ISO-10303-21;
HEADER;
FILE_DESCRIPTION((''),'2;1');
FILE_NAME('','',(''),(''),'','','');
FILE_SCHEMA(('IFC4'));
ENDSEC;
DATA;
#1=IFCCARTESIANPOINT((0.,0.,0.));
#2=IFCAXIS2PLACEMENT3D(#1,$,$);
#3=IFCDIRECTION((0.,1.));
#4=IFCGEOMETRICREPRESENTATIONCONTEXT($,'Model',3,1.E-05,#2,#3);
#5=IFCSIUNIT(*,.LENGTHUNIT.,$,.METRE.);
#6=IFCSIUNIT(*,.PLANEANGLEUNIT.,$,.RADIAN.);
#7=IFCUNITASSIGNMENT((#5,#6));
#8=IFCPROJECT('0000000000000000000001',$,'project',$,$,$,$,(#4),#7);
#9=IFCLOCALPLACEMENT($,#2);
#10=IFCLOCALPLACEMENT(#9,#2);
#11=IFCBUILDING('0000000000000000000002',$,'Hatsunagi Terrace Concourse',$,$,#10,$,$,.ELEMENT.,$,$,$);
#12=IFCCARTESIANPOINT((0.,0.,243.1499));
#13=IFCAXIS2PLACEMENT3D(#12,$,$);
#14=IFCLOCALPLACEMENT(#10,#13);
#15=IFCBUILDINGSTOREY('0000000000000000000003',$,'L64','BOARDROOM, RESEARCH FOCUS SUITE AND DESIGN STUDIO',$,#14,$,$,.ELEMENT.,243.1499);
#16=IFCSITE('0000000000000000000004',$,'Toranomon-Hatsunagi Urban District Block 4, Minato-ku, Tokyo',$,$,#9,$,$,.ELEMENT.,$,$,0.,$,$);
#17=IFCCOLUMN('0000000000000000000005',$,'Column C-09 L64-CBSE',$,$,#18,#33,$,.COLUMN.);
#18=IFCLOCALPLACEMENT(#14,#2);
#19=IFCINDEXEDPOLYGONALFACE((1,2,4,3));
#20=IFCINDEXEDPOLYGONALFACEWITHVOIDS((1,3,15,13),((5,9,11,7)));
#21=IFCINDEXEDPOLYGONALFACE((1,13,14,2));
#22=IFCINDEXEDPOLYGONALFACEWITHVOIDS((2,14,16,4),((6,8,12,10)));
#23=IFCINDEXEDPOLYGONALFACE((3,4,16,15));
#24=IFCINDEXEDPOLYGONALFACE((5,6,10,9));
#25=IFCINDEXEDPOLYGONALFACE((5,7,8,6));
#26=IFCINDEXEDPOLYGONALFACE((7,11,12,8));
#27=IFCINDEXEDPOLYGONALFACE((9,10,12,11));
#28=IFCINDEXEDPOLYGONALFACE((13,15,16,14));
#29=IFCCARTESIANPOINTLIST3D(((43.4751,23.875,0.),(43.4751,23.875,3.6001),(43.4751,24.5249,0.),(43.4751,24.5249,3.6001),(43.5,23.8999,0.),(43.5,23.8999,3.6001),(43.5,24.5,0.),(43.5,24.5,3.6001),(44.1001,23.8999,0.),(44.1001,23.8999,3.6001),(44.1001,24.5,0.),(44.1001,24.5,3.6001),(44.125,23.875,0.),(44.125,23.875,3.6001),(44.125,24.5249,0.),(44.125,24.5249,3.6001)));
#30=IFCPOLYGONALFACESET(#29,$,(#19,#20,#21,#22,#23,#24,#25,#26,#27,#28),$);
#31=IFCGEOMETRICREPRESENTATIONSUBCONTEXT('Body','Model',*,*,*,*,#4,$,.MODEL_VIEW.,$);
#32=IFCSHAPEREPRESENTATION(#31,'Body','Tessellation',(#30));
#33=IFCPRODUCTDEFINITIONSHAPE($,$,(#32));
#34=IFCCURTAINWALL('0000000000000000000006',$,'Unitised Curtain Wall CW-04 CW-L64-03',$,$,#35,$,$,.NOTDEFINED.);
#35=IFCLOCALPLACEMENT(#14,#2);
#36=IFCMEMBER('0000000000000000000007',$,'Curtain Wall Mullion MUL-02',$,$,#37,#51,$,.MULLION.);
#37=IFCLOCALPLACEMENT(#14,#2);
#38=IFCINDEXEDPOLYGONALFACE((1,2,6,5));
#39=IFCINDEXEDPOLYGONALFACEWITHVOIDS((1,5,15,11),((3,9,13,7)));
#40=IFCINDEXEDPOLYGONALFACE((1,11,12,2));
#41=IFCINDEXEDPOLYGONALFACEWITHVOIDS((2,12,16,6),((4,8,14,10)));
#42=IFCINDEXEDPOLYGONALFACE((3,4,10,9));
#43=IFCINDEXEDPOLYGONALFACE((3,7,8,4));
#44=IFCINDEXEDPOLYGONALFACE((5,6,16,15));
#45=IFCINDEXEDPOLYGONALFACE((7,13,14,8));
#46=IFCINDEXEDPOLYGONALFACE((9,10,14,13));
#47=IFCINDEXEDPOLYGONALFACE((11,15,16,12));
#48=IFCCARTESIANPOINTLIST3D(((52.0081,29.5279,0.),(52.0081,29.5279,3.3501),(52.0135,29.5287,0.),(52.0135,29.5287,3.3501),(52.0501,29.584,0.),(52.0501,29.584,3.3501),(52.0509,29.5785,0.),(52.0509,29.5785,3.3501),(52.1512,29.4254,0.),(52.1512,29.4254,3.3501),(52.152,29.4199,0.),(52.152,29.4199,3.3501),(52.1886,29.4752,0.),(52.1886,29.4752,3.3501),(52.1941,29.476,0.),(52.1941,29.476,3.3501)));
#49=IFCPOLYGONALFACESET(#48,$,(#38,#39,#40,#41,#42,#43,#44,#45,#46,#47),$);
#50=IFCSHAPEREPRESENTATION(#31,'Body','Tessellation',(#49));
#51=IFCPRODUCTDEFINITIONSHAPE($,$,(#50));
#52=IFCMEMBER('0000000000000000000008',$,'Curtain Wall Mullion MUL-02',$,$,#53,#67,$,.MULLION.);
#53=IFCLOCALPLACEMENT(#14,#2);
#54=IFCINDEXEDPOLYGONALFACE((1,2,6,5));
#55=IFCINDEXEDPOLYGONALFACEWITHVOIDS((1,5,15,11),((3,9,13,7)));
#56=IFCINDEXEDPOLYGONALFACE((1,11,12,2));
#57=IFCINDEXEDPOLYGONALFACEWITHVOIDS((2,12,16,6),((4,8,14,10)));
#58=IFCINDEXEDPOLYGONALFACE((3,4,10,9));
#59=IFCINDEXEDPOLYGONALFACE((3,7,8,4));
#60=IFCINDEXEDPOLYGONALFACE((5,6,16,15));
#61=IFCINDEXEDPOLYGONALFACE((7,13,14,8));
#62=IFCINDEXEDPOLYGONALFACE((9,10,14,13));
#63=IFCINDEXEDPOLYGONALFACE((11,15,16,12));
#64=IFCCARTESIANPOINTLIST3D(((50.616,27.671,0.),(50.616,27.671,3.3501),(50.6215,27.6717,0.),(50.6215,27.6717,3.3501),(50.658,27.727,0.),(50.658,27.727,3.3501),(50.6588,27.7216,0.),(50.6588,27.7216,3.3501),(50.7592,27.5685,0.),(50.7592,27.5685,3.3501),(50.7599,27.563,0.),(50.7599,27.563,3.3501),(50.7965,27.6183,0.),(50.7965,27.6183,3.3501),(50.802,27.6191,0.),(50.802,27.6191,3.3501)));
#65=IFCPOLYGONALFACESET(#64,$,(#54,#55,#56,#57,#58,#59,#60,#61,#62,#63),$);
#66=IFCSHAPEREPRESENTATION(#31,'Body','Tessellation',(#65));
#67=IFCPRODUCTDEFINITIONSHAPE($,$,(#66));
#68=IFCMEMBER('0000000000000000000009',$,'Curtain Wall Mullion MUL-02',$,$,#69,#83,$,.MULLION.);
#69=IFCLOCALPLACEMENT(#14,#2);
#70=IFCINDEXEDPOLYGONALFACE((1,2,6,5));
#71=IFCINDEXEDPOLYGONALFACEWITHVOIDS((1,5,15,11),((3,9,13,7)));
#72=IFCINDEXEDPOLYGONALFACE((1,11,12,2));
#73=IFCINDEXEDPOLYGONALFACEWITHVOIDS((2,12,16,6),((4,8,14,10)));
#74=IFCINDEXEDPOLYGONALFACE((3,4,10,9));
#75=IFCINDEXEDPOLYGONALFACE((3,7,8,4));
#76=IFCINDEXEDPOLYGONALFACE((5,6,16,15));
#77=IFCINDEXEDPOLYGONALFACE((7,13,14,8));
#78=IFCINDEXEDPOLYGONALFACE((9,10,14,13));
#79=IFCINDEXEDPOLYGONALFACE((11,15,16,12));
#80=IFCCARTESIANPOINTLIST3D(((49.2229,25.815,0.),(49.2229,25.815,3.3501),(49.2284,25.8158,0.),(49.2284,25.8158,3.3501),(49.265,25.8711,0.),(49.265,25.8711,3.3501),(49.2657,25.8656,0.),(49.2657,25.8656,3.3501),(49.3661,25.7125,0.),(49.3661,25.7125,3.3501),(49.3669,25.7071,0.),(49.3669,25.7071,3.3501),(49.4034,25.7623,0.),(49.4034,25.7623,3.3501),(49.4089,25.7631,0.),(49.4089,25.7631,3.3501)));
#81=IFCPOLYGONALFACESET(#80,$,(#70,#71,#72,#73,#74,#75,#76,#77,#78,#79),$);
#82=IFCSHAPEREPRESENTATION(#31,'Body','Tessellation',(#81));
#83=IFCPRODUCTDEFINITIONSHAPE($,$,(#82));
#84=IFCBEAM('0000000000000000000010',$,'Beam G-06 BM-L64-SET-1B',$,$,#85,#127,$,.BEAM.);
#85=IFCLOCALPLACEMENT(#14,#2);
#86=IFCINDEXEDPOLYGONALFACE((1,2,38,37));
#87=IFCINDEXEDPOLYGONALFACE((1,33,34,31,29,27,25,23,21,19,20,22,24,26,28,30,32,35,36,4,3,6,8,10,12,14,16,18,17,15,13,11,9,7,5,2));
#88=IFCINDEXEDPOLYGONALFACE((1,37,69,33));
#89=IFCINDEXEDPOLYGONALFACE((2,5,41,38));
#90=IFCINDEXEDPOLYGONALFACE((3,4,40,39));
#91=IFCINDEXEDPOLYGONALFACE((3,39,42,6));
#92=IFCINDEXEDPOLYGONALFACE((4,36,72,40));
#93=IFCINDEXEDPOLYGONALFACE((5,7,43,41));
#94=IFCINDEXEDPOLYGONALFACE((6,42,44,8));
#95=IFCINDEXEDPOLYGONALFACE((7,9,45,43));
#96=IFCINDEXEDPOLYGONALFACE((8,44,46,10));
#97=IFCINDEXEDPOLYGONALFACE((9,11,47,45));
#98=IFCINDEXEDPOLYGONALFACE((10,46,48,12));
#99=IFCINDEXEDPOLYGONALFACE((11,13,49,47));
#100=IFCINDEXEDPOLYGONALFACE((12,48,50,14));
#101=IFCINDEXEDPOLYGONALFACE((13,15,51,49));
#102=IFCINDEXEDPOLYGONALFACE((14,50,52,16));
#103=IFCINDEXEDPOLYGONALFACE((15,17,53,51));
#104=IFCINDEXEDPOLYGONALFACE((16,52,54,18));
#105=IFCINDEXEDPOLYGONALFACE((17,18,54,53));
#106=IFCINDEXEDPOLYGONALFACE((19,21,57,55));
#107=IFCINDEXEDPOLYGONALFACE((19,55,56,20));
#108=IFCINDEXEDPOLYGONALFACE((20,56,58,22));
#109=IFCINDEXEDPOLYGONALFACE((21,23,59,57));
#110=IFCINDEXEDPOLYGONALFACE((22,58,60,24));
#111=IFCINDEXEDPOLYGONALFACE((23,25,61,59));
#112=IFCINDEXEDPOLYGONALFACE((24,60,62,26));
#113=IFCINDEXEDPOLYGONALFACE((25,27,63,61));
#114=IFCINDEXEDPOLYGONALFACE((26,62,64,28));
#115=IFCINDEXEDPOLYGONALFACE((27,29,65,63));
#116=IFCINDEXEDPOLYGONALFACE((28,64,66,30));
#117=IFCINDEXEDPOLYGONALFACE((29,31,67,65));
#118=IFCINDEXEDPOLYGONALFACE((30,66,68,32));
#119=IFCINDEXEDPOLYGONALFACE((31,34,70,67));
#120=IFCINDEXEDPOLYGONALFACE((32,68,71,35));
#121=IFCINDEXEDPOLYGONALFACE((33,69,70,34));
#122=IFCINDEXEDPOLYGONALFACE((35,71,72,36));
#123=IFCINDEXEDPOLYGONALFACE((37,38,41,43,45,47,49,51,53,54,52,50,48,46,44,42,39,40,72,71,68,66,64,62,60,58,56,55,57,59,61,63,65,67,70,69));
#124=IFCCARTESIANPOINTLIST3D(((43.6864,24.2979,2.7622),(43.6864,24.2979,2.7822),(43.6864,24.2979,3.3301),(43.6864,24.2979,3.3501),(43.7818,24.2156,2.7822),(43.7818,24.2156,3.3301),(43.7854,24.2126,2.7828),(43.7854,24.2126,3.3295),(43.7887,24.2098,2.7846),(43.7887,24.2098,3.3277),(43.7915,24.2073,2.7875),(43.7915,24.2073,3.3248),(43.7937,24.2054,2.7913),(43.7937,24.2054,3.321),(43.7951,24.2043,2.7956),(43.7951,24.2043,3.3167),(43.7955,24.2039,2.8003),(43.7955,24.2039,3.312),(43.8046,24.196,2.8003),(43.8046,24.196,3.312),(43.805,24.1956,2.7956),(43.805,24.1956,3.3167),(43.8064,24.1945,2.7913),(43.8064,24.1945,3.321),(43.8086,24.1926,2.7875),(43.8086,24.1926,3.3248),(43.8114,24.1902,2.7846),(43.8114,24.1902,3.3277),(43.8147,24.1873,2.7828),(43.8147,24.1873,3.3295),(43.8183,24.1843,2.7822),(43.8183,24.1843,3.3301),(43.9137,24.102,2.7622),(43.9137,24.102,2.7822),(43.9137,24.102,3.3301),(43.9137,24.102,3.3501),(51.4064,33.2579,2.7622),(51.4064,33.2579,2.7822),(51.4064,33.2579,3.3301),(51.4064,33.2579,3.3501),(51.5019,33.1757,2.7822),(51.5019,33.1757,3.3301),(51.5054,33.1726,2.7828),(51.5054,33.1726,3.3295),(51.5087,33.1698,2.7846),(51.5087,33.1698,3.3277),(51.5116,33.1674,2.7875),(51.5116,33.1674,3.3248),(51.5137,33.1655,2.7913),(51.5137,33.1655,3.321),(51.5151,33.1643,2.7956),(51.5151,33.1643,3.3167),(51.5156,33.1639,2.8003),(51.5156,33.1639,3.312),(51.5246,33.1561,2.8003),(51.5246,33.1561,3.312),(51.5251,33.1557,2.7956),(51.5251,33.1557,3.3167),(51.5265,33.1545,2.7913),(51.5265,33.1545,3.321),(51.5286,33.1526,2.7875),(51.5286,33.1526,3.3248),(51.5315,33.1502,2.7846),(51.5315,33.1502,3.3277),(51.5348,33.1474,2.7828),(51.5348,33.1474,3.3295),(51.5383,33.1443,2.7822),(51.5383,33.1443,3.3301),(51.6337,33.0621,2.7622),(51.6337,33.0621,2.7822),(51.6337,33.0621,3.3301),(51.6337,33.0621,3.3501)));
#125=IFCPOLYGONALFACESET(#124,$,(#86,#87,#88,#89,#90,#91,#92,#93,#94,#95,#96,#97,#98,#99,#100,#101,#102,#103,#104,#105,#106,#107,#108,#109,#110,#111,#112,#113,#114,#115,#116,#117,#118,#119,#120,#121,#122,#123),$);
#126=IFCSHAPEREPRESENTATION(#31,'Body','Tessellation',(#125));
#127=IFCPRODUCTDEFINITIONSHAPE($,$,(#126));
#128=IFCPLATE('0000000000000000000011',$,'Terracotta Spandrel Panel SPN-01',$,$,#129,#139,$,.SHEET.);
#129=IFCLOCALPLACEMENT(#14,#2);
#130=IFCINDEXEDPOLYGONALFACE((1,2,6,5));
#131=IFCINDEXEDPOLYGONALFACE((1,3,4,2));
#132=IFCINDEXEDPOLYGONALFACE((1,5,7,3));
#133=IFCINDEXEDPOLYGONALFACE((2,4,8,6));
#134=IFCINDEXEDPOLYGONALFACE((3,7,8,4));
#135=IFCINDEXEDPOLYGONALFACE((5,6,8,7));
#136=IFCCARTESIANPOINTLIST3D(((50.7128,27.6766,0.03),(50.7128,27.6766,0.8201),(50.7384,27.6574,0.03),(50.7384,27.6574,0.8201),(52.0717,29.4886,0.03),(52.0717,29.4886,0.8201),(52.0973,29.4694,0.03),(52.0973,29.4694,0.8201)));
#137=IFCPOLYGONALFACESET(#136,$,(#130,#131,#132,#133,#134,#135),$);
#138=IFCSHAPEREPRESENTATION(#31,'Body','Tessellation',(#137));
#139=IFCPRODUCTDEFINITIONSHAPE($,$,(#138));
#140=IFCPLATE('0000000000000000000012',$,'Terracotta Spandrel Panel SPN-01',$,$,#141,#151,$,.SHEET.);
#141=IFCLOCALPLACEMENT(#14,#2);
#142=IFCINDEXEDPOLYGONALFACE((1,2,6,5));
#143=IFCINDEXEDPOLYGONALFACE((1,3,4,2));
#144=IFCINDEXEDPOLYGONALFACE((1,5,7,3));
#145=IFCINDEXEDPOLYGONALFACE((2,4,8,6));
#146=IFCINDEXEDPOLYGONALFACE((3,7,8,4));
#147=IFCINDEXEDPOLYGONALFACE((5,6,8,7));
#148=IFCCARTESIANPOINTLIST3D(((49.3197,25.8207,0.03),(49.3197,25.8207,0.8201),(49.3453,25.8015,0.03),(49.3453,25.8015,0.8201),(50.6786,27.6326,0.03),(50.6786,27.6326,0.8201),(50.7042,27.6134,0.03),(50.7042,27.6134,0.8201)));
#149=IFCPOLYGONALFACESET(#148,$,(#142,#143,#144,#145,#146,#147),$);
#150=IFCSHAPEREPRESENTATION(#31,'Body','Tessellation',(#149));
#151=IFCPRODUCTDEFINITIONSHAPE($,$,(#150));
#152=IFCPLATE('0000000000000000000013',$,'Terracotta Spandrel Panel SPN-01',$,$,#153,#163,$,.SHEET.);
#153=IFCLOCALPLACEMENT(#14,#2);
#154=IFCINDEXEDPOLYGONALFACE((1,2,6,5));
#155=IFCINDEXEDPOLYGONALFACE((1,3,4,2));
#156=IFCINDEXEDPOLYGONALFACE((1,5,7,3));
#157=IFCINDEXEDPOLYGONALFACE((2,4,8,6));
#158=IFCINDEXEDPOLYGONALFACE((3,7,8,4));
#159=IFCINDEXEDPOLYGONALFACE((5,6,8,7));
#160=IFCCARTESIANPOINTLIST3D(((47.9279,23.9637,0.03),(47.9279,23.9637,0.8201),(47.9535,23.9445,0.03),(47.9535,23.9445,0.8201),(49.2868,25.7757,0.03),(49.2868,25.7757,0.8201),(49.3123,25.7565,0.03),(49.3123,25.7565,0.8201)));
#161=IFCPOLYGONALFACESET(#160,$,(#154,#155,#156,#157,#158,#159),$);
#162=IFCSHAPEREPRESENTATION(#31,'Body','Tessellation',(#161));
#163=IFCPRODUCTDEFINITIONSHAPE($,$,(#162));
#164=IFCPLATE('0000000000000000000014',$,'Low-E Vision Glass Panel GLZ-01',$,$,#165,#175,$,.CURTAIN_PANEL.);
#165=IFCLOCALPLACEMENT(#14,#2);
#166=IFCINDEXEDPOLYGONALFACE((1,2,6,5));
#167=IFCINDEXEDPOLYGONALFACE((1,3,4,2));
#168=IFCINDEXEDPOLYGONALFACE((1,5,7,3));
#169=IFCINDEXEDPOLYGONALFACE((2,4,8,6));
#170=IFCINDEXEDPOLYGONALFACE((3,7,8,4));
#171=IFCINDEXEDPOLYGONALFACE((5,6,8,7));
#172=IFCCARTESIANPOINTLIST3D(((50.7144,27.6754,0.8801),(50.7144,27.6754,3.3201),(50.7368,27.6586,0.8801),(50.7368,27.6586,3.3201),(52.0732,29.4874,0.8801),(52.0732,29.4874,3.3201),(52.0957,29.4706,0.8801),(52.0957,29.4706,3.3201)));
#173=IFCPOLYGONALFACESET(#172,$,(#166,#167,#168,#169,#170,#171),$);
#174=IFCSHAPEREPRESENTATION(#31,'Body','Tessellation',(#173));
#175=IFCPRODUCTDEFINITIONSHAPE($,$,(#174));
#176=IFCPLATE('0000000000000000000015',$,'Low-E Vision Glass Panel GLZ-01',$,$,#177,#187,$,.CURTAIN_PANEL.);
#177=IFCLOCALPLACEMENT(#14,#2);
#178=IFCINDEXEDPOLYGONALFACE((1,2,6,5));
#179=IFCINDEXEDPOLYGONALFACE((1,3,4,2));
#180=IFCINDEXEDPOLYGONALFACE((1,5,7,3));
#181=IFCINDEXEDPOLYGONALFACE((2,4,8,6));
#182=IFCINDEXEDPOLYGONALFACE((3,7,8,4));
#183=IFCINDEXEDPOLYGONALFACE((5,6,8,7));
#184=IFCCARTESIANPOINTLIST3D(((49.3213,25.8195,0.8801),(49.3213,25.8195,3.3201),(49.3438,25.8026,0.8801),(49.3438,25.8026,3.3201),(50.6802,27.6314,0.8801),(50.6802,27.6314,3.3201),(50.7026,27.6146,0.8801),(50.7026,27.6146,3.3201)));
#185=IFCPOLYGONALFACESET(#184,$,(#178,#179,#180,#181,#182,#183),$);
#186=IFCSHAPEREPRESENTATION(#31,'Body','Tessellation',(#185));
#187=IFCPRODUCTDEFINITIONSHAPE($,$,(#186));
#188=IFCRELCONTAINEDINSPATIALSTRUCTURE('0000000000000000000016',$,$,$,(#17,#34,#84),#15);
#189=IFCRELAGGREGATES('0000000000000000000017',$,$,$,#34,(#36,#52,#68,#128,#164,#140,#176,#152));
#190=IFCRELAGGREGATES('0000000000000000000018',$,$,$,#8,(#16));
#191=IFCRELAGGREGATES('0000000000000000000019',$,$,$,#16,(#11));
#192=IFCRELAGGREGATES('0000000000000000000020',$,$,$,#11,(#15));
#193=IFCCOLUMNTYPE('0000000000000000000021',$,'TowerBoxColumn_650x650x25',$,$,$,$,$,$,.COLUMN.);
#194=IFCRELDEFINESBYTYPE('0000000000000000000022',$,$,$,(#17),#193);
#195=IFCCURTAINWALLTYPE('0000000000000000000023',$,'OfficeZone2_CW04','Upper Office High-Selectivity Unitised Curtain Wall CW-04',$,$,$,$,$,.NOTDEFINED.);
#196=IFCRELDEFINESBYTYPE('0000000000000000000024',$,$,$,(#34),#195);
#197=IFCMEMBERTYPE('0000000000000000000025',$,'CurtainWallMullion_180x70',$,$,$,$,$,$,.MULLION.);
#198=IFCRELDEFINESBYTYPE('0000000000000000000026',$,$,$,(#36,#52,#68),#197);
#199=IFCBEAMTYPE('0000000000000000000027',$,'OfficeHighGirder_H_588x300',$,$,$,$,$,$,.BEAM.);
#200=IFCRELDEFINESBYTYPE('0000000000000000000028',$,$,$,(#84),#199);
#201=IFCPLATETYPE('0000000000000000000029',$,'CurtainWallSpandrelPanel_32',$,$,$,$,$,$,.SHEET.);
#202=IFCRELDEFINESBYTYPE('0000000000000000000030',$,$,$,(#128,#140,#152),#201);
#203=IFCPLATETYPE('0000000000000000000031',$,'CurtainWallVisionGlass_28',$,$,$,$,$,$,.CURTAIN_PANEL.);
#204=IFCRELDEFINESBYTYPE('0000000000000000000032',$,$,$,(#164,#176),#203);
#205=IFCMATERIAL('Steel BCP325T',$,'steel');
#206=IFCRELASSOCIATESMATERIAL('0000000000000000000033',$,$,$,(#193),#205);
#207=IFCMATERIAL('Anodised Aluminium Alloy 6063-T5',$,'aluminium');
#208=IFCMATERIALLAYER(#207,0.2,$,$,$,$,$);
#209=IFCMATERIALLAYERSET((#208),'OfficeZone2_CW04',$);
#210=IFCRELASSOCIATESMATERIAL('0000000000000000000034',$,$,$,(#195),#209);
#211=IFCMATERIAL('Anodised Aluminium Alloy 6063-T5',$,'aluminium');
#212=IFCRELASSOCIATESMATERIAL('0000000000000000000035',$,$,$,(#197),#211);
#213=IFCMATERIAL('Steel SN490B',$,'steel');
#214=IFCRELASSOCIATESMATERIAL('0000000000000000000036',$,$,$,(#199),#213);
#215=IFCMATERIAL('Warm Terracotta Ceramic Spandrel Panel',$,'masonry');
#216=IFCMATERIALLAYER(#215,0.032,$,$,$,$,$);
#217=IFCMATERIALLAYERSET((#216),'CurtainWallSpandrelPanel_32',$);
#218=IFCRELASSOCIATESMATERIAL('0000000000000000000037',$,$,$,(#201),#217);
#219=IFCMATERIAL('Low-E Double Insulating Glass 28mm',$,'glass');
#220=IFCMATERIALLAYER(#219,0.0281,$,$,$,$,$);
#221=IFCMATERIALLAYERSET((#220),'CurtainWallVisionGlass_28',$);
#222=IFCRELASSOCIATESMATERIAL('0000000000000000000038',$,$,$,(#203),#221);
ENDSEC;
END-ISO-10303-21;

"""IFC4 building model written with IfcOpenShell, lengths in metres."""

from ifc_helpers import new_model, si_unit, direction, frame, origin, origin_2d, place, context, subcontext, project, spatial, rectangle, hollow_rectangle, i_section, extrude, material, layer, layer_set, material_profile, profile_set, type_object, element, aggregate, save


model = new_model("IFC4")

# Units and contexts
model_context = context("Model", 3, precision=1e-05, world=origin(), true_north=direction((0.0, 1.0)))
body_context = subcontext(model_context, "Body", "Model", "MODEL_VIEW")
ifc_project = project(units=[si_unit("LENGTHUNIT", "METRE"), si_unit("PLANEANGLEUNIT", "RADIAN")], contexts=[model_context])

# Site, building, storey
site_placement = place(None, origin())
site = spatial("IfcSite", under=ifc_project, at=site_placement, Name="Toranomon-Hatsunagi Urban District Block 4, Minato-ku, Tokyo", CompositionType="ELEMENT", RefElevation=0.0)
building_placement = place(site_placement, origin())
building = spatial("IfcBuilding", under=site, at=building_placement, Name="Hatsunagi Terrace Concourse", CompositionType="ELEMENT")
storey_placement = place(building_placement, frame((0.0, 0.0, 243.1499)))
storey = spatial("IfcBuildingStorey", under=building, at=storey_placement, Name="L64", Description="BOARDROOM, RESEARCH FOCUS SUITE AND DESIGN STUDIO", CompositionType="ELEMENT", Elevation=243.1499)

# Column
ifc_material_1 = material(Name="Steel BCP325T", Category="steel")
ifc_material_profile_1 = material_profile(ifc_material_1, hollow_rectangle(XDim=0.6499, YDim=0.6499, WallThickness=0.0249, at=origin_2d()), Name="BCP-650x650x25")
ifc_profile_set_1 = profile_set([ifc_material_profile_1], Name="Steel BCP325T")
column_type = type_object("IfcColumnType", Name="TowerBoxColumn_650x650x25", PredefinedType="COLUMN", material=ifc_profile_set_1)
column_placement = place(storey_placement, frame((43.8, 24.2, 0.0), z_axis=(0.0, 0.0, 1.0), x_axis=(1.0, 0.0, 0.0)))
element("IfcColumn", 1, at=column_placement, inside=storey, type_object=column_type, Name="Column C-09 L64-CBSE", PredefinedType="COLUMN", context=body_context, shape_type="SweptSolid", body=[
    extrude(hollow_rectangle(XDim=0.6499, YDim=0.6499, WallThickness=0.0249, at=origin_2d()), origin(), (0.0, 0.0, 1.0), 3.6001),
])

# Curtain wall, members
ifc_material_2 = material(Name="Anodised Aluminium Alloy 6063-T5", Category="aluminium")
ifc_layer_1 = layer(ifc_material_2, 0.2)
ifc_layer_set_1 = layer_set([ifc_layer_1], Name="OfficeZone2_CW04")
curtain_wall_type = type_object("IfcCurtainWallType", Name="OfficeZone2_CW04", Description="Upper Office High-Selectivity Unitised Curtain Wall CW-04", PredefinedType="NOTDEFINED", material=ifc_layer_set_1)
curtain_wall_placement = place(storey_placement, origin())
curtain_wall = element("IfcCurtainWall", 2, at=curtain_wall_placement, inside=storey, type_object=curtain_wall_type, Name="Unitised Curtain Wall CW-04 CW-L64-03", PredefinedType="NOTDEFINED")
ifc_material_3 = material(Name="Anodised Aluminium Alloy 6063-T5", Category="aluminium")
ifc_material_profile_2 = material_profile(ifc_material_3, hollow_rectangle(XDim=0.0701, YDim=0.1799, WallThickness=0.0039, at=origin_2d()), Name="ALU-MUL-180x70x4")
ifc_profile_set_2 = profile_set([ifc_material_profile_2], Name="Anodised Aluminium Alloy 6063-T5")
member_type = type_object("IfcMemberType", Name="CurtainWallMullion_180x70", PredefinedType="MULLION", material=ifc_profile_set_2)
member_1_placement = place(storey_placement, frame((52.1011, 29.502, 0.0), z_axis=(0.0, 0.0, 1.0), x_axis=(-0.599969, -0.800023, 0.0)))
member_1 = element("IfcMember", 3, at=member_1_placement, type_object=member_type, Name="Curtain Wall Mullion MUL-02", PredefinedType="MULLION", context=body_context, shape_type="SweptSolid", body=[
    extrude(hollow_rectangle(XDim=0.0701, YDim=0.1799, WallThickness=0.0039, at=origin_2d()), origin(), (0.0, 0.0, 1.0), 3.3501),
])
member_2_placement = place(storey_placement, frame((50.709, 27.645, 0.0), z_axis=(0.0, 0.0, 1.0), x_axis=(-0.599969, -0.800023, 0.0)))
member_2 = element("IfcMember", 4, at=member_2_placement, type_object=member_type, Name="Curtain Wall Mullion MUL-02", PredefinedType="MULLION", context=body_context, shape_type="SweptSolid", body=[
    extrude(hollow_rectangle(XDim=0.0701, YDim=0.1799, WallThickness=0.0039, at=origin_2d()), origin(), (0.0, 0.0, 1.0), 3.3501),
])
member_3_placement = place(storey_placement, frame((49.3159, 25.7891, 0.0), z_axis=(0.0, 0.0, 1.0), x_axis=(-0.599969, -0.800023, 0.0)))
member_3 = element("IfcMember", 5, at=member_3_placement, type_object=member_type, Name="Curtain Wall Mullion MUL-02", PredefinedType="MULLION", context=body_context, shape_type="SweptSolid", body=[
    extrude(hollow_rectangle(XDim=0.0701, YDim=0.1799, WallThickness=0.0039, at=origin_2d()), origin(), (0.0, 0.0, 1.0), 3.3501),
])

# Beam
ifc_material_4 = material(Name="Steel SN490B", Category="steel")
ifc_material_profile_3 = material_profile(ifc_material_4, i_section(OverallWidth=0.3, OverallDepth=0.5879, WebThickness=0.012, FlangeThickness=0.02, FilletRadius=0.0181, at=origin_2d()), Name="H-588x300x12x20")
ifc_profile_set_3 = profile_set([ifc_material_profile_3], Name="Steel SN490B")
beam_type = type_object("IfcBeamType", Name="OfficeHighGirder_H_588x300", PredefinedType="BEAM", material=ifc_profile_set_3)
beam_placement = place(storey_placement, frame((43.8, 24.2, 3.0562), z_axis=(0.652739, 0.757583, 0.0), x_axis=(-0.757583, 0.652739, 0.0)))
element("IfcBeam", 6, at=beam_placement, inside=storey, type_object=beam_type, Name="Beam G-06 BM-L64-SET-1B", PredefinedType="BEAM", context=body_context, shape_type="SweptSolid", body=[
    extrude(i_section(OverallWidth=0.3, OverallDepth=0.5879, WebThickness=0.012, FlangeThickness=0.02, FilletRadius=0.0181, at=origin_2d()), origin(), (0.0, 0.0, 1.0), 11.8271),
])

# Plates
ifc_material_5 = material(Name="Warm Terracotta Ceramic Spandrel Panel", Category="masonry")
ifc_layer_2 = layer(ifc_material_5, 0.032)
ifc_layer_set_2 = layer_set([ifc_layer_2], Name="CurtainWallSpandrelPanel_32")
plate_type_1 = type_object("IfcPlateType", Name="CurtainWallSpandrelPanel_32", PredefinedType="SHEET", material=ifc_layer_set_2)
plate_1_placement = place(storey_placement, frame((51.405, 28.573, 0.03), z_axis=(0.0, 0.0, 1.0), x_axis=(-0.599969, -0.800023, 0.0)))
plate_1 = element("IfcPlate", 7, at=plate_1_placement, type_object=plate_type_1, Name="Terracotta Spandrel Panel SPN-01", PredefinedType="SHEET", context=body_context, shape_type="SweptSolid", body=[
    extrude(rectangle(XDim=2.2649, YDim=0.032, at=origin_2d()), origin(), (0.0, 0.0, 1.0), 0.79),
])
plate_2_placement = place(storey_placement, frame((50.012, 26.717, 0.03), z_axis=(0.0, 0.0, 1.0), x_axis=(-0.599969, -0.800023, 0.0)))
plate_2 = element("IfcPlate", 8, at=plate_2_placement, type_object=plate_type_1, Name="Terracotta Spandrel Panel SPN-01", PredefinedType="SHEET", context=body_context, shape_type="SweptSolid", body=[
    extrude(rectangle(XDim=2.2649, YDim=0.032, at=origin_2d()), origin(), (0.0, 0.0, 1.0), 0.79),
])
plate_3_placement = place(storey_placement, frame((48.6201, 24.8601, 0.03), z_axis=(0.0, 0.0, 1.0), x_axis=(-0.599969, -0.800023, 0.0)))
plate_3 = element("IfcPlate", 9, at=plate_3_placement, type_object=plate_type_1, Name="Terracotta Spandrel Panel SPN-01", PredefinedType="SHEET", context=body_context, shape_type="SweptSolid", body=[
    extrude(rectangle(XDim=2.2649, YDim=0.032, at=origin_2d()), origin(), (0.0, 0.0, 1.0), 0.79),
])
ifc_material_6 = material(Name="Low-E Double Insulating Glass 28mm", Category="glass")
ifc_layer_3 = layer(ifc_material_6, 0.0281)
ifc_layer_set_3 = layer_set([ifc_layer_3], Name="CurtainWallVisionGlass_28")
plate_type_2 = type_object("IfcPlateType", Name="CurtainWallVisionGlass_28", PredefinedType="CURTAIN_PANEL", material=ifc_layer_set_3)
plate_4_placement = place(storey_placement, frame((51.405, 28.573, 0.8801), z_axis=(0.0, 0.0, 1.0), x_axis=(-0.599969, -0.800023, 0.0)))
plate_4 = element("IfcPlate", 10, at=plate_4_placement, type_object=plate_type_2, Name="Low-E Vision Glass Panel GLZ-01", PredefinedType="CURTAIN_PANEL", context=body_context, shape_type="SweptSolid", body=[
    extrude(rectangle(XDim=2.2649, YDim=0.0281, at=origin_2d()), origin(), (0.0, 0.0, 1.0), 2.4399),
])
plate_5_placement = place(storey_placement, frame((50.012, 26.717, 0.8801), z_axis=(0.0, 0.0, 1.0), x_axis=(-0.599969, -0.800023, 0.0)))
plate_5 = element("IfcPlate", 11, at=plate_5_placement, type_object=plate_type_2, Name="Low-E Vision Glass Panel GLZ-01", PredefinedType="CURTAIN_PANEL", context=body_context, shape_type="SweptSolid", body=[
    extrude(rectangle(XDim=2.2649, YDim=0.0281, at=origin_2d()), origin(), (0.0, 0.0, 1.0), 2.4399),
])
aggregate(curtain_wall, [member_1, member_2, member_3, plate_1, plate_4, plate_2, plate_5, plate_3])

save(model, "model.ifc")
